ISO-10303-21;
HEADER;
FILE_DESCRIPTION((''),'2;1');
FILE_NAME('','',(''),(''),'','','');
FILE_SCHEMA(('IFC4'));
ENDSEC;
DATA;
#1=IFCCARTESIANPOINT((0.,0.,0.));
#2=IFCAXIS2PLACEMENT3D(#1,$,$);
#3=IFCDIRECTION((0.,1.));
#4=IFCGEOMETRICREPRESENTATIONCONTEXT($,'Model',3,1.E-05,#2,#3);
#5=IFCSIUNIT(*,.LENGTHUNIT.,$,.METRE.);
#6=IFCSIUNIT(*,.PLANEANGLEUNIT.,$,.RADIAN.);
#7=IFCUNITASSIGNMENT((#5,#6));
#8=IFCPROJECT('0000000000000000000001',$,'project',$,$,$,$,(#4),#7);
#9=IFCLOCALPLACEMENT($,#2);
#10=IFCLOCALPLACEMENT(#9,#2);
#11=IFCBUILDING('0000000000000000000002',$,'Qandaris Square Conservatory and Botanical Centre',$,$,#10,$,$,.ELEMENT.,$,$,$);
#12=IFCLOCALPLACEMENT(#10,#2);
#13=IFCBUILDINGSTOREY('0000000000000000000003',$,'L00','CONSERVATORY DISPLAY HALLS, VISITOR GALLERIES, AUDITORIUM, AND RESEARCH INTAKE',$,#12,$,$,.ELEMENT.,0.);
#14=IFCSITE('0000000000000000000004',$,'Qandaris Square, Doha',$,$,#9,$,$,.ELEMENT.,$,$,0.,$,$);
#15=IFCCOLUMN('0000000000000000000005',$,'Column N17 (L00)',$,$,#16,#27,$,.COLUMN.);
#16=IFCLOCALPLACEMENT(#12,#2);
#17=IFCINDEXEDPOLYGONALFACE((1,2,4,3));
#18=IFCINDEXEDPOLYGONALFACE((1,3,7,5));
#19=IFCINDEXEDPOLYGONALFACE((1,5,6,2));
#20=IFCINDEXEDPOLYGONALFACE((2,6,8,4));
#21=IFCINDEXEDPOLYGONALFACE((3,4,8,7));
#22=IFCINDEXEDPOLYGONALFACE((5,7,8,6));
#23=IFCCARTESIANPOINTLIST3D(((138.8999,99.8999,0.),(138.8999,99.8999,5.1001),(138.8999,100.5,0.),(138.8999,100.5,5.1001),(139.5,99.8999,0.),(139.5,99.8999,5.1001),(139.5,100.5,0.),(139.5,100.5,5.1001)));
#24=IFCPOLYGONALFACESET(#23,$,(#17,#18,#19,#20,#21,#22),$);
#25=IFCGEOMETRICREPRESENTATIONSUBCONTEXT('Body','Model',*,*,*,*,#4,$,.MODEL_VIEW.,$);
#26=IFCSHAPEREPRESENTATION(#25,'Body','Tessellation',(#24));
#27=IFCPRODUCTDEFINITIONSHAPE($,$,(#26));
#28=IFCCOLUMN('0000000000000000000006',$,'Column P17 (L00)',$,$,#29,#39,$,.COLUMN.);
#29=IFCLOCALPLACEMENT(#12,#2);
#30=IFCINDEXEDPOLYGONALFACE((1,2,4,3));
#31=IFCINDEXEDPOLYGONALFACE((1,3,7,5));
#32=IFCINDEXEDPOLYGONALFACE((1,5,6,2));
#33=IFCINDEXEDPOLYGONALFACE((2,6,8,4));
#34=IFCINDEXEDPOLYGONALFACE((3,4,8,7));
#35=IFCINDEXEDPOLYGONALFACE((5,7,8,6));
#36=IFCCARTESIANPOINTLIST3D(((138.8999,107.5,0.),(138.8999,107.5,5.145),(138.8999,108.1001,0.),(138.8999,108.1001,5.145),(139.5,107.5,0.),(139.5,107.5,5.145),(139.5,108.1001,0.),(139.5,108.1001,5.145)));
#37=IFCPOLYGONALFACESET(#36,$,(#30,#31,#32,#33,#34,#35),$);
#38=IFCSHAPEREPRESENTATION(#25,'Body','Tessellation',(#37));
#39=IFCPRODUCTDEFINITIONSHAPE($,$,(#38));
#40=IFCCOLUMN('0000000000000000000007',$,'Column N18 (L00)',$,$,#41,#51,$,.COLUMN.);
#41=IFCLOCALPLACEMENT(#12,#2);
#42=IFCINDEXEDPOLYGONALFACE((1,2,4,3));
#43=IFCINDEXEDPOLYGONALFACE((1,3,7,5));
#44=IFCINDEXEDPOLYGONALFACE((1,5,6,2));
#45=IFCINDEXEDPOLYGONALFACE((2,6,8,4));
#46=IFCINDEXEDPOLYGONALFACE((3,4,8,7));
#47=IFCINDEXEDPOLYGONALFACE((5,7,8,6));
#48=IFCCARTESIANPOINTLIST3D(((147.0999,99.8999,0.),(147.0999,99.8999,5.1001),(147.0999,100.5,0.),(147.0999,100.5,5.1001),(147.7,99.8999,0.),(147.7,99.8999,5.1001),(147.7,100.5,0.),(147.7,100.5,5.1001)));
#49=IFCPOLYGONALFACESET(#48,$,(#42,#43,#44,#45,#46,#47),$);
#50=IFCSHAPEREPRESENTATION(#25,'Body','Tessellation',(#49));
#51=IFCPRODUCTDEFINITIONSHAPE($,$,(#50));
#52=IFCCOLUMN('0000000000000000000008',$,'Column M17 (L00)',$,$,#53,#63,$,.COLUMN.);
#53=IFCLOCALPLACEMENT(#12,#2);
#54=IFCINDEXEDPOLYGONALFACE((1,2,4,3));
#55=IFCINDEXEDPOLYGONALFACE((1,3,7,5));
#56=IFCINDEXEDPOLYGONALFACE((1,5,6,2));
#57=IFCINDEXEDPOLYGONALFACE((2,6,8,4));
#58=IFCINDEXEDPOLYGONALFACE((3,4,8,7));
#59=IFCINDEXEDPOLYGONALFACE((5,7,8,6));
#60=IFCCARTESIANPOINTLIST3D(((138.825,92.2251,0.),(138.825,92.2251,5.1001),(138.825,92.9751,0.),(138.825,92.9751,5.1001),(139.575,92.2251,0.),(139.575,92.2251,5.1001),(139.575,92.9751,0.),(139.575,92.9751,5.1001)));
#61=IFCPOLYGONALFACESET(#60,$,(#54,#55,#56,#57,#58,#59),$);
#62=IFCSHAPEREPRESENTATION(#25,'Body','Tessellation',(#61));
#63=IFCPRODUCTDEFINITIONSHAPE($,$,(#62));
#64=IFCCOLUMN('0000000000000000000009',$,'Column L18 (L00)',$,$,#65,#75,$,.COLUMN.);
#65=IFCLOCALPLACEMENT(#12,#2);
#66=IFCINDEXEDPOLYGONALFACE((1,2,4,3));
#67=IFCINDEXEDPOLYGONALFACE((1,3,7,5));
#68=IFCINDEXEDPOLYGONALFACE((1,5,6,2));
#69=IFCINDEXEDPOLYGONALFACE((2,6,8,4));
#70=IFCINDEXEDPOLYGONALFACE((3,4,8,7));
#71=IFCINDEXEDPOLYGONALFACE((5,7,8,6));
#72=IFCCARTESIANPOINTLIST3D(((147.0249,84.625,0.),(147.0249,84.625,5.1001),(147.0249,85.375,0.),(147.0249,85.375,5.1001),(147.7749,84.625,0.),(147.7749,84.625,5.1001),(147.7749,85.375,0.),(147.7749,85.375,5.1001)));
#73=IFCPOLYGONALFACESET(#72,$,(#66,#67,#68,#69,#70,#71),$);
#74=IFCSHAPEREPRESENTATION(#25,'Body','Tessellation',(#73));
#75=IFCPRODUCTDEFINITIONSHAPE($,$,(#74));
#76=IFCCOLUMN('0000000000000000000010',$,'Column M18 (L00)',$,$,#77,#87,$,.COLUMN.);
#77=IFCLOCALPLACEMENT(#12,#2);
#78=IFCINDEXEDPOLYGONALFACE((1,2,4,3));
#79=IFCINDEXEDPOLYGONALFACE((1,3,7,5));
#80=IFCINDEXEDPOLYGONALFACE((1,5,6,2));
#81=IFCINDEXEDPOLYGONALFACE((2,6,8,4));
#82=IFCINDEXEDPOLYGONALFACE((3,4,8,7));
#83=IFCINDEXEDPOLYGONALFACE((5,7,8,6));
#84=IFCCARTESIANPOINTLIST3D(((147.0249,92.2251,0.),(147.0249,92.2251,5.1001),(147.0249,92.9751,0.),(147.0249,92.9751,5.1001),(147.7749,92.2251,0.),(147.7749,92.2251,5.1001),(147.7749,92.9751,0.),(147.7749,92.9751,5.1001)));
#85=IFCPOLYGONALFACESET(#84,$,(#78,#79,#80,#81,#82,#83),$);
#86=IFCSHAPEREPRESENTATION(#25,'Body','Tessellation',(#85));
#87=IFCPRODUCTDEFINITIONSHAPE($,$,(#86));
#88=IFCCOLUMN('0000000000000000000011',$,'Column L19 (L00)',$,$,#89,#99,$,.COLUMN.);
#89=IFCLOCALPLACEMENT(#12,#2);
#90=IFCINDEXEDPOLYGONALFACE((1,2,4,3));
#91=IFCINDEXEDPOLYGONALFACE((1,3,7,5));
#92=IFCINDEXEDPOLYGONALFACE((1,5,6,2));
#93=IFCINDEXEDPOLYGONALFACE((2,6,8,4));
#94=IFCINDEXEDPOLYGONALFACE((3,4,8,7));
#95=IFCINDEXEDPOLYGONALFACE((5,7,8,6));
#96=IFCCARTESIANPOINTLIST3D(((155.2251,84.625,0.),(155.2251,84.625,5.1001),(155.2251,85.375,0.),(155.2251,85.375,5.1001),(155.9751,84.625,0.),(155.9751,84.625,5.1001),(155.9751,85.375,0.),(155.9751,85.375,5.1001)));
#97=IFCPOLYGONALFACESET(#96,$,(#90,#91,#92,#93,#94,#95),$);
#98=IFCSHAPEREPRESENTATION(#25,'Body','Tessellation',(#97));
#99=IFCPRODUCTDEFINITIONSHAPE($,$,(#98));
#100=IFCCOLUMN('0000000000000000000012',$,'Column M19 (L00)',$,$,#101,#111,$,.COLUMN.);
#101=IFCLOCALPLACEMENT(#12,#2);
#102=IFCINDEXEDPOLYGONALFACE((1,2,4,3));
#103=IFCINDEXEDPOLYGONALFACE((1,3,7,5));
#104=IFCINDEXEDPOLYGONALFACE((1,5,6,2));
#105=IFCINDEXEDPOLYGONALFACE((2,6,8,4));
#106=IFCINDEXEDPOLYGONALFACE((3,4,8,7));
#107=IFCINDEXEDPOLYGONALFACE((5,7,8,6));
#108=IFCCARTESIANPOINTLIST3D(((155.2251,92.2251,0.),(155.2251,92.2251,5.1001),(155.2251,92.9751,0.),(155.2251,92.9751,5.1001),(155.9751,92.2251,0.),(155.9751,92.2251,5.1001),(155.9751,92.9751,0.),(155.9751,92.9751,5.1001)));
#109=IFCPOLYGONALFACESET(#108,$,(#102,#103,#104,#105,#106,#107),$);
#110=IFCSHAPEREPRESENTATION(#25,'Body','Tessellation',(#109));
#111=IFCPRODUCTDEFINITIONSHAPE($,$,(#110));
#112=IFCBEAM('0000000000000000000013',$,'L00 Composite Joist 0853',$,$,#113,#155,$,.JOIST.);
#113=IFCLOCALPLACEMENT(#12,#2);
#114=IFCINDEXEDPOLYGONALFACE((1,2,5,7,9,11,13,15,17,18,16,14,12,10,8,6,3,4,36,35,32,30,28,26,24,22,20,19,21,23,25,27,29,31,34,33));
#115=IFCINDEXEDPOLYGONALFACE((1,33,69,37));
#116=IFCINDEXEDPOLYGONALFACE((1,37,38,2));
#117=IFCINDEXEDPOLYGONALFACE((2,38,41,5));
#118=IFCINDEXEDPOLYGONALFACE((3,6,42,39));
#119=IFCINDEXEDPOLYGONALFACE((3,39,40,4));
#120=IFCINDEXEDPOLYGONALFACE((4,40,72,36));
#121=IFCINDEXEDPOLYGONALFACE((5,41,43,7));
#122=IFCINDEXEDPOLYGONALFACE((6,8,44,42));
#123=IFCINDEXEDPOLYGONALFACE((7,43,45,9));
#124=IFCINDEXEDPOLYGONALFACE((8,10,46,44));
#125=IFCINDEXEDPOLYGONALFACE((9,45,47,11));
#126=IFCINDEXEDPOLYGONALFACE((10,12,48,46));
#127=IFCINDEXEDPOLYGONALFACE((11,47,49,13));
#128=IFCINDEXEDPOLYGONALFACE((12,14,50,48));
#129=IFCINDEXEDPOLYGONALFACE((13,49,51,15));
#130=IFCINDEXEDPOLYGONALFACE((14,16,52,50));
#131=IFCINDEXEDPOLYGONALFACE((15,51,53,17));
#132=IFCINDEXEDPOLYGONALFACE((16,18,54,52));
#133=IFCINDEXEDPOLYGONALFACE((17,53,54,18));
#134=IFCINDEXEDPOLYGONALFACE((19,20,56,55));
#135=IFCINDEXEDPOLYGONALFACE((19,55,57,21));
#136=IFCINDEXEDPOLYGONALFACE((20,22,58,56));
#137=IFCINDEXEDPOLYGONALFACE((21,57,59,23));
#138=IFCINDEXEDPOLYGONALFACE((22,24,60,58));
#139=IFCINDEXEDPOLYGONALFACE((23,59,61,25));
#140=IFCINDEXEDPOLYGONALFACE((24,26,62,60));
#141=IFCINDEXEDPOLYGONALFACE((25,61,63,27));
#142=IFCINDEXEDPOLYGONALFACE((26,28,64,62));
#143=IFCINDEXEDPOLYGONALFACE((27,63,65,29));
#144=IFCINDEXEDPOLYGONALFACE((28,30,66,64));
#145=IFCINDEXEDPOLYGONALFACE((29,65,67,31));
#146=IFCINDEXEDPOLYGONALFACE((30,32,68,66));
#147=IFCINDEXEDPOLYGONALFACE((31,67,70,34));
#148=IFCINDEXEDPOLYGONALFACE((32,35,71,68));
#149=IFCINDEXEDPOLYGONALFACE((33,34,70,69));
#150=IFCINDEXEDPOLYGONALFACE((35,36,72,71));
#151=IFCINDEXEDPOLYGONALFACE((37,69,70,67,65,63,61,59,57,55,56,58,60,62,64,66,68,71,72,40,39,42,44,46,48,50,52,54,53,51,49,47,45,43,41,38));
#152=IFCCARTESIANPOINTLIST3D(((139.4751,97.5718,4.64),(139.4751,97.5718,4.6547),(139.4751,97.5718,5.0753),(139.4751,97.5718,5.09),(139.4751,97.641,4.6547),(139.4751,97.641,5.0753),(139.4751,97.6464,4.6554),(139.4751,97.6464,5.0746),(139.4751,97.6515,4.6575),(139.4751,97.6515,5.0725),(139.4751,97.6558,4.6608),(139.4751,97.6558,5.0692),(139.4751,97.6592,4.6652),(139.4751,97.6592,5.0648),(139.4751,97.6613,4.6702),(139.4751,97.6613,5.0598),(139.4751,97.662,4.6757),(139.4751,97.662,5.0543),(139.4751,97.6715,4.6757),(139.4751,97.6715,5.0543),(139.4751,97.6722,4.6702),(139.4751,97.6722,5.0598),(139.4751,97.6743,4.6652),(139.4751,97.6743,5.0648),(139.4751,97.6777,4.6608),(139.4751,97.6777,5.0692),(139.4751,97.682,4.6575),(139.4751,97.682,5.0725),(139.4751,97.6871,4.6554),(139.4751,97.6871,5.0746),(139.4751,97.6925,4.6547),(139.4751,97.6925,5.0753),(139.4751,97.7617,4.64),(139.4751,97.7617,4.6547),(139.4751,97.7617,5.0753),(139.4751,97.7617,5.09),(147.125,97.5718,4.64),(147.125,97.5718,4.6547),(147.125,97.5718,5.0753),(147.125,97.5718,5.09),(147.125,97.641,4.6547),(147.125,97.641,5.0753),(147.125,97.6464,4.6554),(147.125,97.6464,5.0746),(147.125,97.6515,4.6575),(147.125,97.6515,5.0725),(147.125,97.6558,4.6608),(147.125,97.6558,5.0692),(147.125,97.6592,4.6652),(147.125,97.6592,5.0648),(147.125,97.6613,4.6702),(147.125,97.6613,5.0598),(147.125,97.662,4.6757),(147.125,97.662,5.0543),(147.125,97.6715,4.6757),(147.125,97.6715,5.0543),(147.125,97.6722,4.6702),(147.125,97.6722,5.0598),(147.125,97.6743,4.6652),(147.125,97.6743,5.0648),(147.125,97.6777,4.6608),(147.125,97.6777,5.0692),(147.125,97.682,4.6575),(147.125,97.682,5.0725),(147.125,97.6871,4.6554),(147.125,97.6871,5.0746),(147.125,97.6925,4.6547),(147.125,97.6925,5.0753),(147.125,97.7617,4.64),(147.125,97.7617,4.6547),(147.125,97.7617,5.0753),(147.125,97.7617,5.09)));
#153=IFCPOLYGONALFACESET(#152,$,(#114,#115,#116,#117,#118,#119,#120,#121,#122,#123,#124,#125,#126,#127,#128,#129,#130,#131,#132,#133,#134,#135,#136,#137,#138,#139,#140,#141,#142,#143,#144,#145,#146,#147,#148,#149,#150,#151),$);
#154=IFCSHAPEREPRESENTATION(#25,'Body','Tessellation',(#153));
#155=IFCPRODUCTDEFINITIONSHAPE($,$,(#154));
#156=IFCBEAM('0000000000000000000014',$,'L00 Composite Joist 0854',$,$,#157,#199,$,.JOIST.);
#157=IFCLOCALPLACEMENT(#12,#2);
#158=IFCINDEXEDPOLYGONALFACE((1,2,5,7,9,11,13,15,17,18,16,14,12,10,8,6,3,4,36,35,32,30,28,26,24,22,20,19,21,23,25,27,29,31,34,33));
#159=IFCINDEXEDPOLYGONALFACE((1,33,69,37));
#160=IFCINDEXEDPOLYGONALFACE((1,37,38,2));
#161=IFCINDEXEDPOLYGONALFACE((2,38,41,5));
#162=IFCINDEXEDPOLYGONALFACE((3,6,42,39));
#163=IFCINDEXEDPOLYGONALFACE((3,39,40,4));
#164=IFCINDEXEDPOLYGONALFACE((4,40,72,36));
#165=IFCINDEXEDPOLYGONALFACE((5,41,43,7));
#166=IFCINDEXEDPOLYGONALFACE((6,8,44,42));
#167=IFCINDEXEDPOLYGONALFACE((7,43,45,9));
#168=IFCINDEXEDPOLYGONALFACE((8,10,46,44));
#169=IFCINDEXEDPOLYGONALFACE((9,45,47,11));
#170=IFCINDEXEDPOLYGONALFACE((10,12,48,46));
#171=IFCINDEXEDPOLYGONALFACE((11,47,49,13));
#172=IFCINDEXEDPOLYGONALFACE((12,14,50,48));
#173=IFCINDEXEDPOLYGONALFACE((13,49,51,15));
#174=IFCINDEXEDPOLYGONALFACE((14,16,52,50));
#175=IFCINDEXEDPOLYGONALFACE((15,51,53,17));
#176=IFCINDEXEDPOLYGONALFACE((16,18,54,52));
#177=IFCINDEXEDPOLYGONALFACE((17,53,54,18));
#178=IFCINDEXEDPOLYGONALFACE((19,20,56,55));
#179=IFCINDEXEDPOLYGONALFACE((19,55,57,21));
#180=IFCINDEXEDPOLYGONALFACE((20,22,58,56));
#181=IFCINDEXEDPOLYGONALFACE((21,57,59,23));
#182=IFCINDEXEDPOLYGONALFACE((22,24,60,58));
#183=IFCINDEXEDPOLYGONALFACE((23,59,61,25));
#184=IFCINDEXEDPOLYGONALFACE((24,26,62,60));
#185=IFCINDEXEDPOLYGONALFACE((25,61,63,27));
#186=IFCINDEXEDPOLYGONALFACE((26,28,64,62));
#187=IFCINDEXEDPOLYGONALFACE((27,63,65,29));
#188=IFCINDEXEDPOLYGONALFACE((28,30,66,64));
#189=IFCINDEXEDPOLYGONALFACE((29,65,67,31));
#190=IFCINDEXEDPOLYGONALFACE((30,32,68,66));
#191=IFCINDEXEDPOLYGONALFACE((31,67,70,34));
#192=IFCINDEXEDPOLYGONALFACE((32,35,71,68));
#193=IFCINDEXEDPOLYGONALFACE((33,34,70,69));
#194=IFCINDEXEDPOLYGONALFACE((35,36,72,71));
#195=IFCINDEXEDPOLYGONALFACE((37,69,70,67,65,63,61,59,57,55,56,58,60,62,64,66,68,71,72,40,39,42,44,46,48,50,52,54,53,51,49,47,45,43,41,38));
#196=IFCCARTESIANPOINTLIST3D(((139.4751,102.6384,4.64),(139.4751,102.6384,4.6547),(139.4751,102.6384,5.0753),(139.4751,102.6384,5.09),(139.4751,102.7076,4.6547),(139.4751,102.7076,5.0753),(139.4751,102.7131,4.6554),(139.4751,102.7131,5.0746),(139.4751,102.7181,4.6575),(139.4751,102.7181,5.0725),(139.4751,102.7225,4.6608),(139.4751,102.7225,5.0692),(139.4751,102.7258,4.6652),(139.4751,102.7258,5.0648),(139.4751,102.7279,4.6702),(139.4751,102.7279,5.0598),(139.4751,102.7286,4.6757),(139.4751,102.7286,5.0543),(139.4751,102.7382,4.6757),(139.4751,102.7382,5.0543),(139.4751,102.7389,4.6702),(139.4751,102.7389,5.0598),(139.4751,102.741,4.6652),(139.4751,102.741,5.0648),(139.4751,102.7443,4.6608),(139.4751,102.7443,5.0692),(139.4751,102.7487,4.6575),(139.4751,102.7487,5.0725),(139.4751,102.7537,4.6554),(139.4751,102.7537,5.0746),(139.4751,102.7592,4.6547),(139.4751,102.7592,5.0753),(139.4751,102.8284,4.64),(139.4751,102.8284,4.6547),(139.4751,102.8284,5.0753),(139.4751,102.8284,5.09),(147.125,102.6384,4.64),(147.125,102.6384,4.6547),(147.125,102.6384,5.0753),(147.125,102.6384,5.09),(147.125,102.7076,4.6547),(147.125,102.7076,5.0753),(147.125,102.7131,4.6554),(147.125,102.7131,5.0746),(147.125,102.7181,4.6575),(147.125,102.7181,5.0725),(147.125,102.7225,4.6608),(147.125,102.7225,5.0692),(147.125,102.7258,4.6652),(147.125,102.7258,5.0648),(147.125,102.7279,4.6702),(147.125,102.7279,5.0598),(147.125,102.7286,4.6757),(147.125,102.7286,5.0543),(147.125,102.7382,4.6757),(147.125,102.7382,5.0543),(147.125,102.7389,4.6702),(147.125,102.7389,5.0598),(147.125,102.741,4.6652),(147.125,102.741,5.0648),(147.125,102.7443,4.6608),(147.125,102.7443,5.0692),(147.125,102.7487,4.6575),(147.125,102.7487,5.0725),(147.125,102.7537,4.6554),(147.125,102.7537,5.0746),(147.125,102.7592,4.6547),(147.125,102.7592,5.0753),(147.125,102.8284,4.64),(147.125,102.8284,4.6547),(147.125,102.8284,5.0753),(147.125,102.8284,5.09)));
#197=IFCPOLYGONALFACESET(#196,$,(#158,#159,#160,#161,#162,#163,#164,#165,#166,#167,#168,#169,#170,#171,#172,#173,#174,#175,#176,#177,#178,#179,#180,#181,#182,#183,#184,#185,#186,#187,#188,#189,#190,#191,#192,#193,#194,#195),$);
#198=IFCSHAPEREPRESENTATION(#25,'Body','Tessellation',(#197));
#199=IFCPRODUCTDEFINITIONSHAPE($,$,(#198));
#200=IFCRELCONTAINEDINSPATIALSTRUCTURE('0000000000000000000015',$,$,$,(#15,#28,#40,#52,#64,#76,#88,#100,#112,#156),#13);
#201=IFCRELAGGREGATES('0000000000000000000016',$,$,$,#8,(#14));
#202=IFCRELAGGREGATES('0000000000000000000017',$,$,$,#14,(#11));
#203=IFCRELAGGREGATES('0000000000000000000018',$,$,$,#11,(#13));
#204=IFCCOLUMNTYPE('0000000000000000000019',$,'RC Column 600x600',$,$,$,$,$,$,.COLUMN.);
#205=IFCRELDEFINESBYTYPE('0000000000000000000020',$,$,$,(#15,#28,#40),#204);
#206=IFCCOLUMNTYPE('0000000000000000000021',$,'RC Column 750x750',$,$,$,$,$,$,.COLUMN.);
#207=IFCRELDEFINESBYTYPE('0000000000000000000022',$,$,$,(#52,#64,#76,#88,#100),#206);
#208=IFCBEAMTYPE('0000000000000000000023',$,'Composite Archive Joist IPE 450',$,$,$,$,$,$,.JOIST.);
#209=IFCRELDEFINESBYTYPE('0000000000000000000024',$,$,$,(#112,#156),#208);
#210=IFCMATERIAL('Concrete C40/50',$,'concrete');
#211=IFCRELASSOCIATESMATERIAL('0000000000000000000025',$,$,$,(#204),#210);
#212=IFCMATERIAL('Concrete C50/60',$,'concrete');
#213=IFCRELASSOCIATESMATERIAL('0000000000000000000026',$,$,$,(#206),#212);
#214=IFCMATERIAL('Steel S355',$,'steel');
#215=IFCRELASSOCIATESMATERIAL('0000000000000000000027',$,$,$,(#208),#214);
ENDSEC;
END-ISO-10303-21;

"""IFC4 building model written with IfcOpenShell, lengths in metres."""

from ifc_helpers import new_model, si_unit, direction, frame, origin, origin_2d, place, context, subcontext, project, spatial, rectangle, i_section, extrude, material, material_profile, profile_set, type_object, element, save


model = new_model("IFC4")

# Units and contexts
model_context = context("Model", 3, precision=1e-05, world=origin(), true_north=direction((0.0, 1.0)))
body_context = subcontext(model_context, "Body", "Model", "MODEL_VIEW")
ifc_project = project(units=[si_unit("LENGTHUNIT", "METRE"), si_unit("PLANEANGLEUNIT", "RADIAN")], contexts=[model_context])

# Site, building, storey
site_placement = place(None, origin())
site = spatial("IfcSite", under=ifc_project, at=site_placement, Name="Qandaris Square, Doha", CompositionType="ELEMENT", RefElevation=0.0)
building_placement = place(site_placement, origin())
building = spatial("IfcBuilding", under=site, at=building_placement, Name="Qandaris Square Conservatory and Botanical Centre", CompositionType="ELEMENT")
storey_placement = place(building_placement, origin())
storey = spatial("IfcBuildingStorey", under=building, at=storey_placement, Name="L00", Description="CONSERVATORY DISPLAY HALLS, VISITOR GALLERIES, AUDITORIUM, AND RESEARCH INTAKE", CompositionType="ELEMENT", Elevation=0.0)

# Columns
ifc_material_1 = material(Name="Concrete C40/50", Category="concrete")
ifc_material_profile_1 = material_profile(ifc_material_1, rectangle(XDim=0.6001, YDim=0.6001, at=origin_2d()), Name="RC-COL 600x600")
ifc_profile_set_1 = profile_set([ifc_material_profile_1], Name="Concrete C40/50")
column_type_1 = type_object("IfcColumnType", Name="RC Column 600x600", PredefinedType="COLUMN", material=ifc_profile_set_1)
column_1_placement = place(storey_placement, frame((139.2, 100.2, 0.0), z_axis=(0.0, 0.0, 1.0), x_axis=(1.0, 0.0, 0.0)))
element("IfcColumn", 1, at=column_1_placement, inside=storey, type_object=column_type_1, Name="Column N17 (L00)", PredefinedType="COLUMN", context=body_context, shape_type="SweptSolid", body=[
    extrude(rectangle(XDim=0.6001, YDim=0.6001, at=origin_2d()), origin(), (0.0, 0.0, 1.0), 5.1001),
])
column_2_placement = place(storey_placement, frame((139.2, 107.8, 0.0), z_axis=(0.0, 0.0, 1.0), x_axis=(1.0, 0.0, 0.0)))
element("IfcColumn", 2, at=column_2_placement, inside=storey, type_object=column_type_1, Name="Column P17 (L00)", PredefinedType="COLUMN", context=body_context, shape_type="SweptSolid", body=[
    extrude(rectangle(XDim=0.6001, YDim=0.6001, at=origin_2d()), origin(), (0.0, 0.0, 1.0), 5.145),
])
column_3_placement = place(storey_placement, frame((147.3999, 100.2, 0.0), z_axis=(0.0, 0.0, 1.0), x_axis=(1.0, 0.0, 0.0)))
element("IfcColumn", 3, at=column_3_placement, inside=storey, type_object=column_type_1, Name="Column N18 (L00)", PredefinedType="COLUMN", context=body_context, shape_type="SweptSolid", body=[
    extrude(rectangle(XDim=0.6001, YDim=0.6001, at=origin_2d()), origin(), (0.0, 0.0, 1.0), 5.1001),
])
ifc_material_2 = material(Name="Concrete C50/60", Category="concrete")
ifc_material_profile_2 = material_profile(ifc_material_2, rectangle(XDim=0.75, YDim=0.75, at=origin_2d()), Name="RC-COL 750x750")
ifc_profile_set_2 = profile_set([ifc_material_profile_2], Name="Concrete C50/60")
column_type_2 = type_object("IfcColumnType", Name="RC Column 750x750", PredefinedType="COLUMN", material=ifc_profile_set_2)
for number, where, z_axis, x_axis, name in (
    (4, (139.2, 92.6001, 0.0), (0.0, 0.0, 1.0), (1.0, 0.0, 0.0), "Column M17 (L00)"),
    (5, (147.3999, 85.0, 0.0), (0.0, 0.0, 1.0), (1.0, 0.0, 0.0), "Column L18 (L00)"),
    (6, (147.3999, 92.6001, 0.0), (0.0, 0.0, 1.0), (1.0, 0.0, 0.0), "Column M18 (L00)"),
    (7, (155.6001, 85.0, 0.0), (0.0, 0.0, 1.0), (1.0, 0.0, 0.0), "Column L19 (L00)"),
    (8, (155.6001, 92.6001, 0.0), (0.0, 0.0, 1.0), (1.0, 0.0, 0.0), "Column M19 (L00)"),
):
    element("IfcColumn", number, at=place(storey_placement, frame(where, z_axis=z_axis, x_axis=x_axis)), inside=storey, type_object=column_type_2, Name=name, PredefinedType="COLUMN", context=body_context, shape_type="SweptSolid", body=[
        extrude(rectangle(XDim=0.75, YDim=0.75, at=origin_2d()), origin(), (0.0, 0.0, 1.0), 5.1001),
    ])

# Beams
ifc_material_3 = material(Name="Steel S355", Category="steel")
ifc_material_profile_3 = material_profile(ifc_material_3, i_section(OverallWidth=0.1899, OverallDepth=0.45, WebThickness=0.0095, FlangeThickness=0.0146, FilletRadius=0.021, at=origin_2d()), Name="IPE 450")
ifc_profile_set_3 = profile_set([ifc_material_profile_3], Name="Steel S355")
beam_type_1 = type_object("IfcBeamType", Name="Composite Archive Joist IPE 450", PredefinedType="JOIST", material=ifc_profile_set_3)
for number, where, z_axis, x_axis, name in (
    (9, (139.4751, 97.6667, 4.865), (1.0, 0.0, 0.0), (0.0, 1.0, 0.0), "L00 Composite Joist 0853"),
    (10, (139.4751, 102.7334, 4.865), (1.0, 0.0, 0.0), (0.0, 1.0, 0.0), "L00 Composite Joist 0854"),
):
    element("IfcBeam", number, at=place(storey_placement, frame(where, z_axis=z_axis, x_axis=x_axis)), inside=storey, type_object=beam_type_1, Name=name, PredefinedType="JOIST", context=body_context, shape_type="SweptSolid", body=[
        extrude(i_section(OverallWidth=0.1899, OverallDepth=0.45, WebThickness=0.0095, FlangeThickness=0.0146, FilletRadius=0.021, at=origin_2d()), origin(), (0.0, 0.0, 1.0), 7.6499),
    ])

save(model, "model.ifc")
